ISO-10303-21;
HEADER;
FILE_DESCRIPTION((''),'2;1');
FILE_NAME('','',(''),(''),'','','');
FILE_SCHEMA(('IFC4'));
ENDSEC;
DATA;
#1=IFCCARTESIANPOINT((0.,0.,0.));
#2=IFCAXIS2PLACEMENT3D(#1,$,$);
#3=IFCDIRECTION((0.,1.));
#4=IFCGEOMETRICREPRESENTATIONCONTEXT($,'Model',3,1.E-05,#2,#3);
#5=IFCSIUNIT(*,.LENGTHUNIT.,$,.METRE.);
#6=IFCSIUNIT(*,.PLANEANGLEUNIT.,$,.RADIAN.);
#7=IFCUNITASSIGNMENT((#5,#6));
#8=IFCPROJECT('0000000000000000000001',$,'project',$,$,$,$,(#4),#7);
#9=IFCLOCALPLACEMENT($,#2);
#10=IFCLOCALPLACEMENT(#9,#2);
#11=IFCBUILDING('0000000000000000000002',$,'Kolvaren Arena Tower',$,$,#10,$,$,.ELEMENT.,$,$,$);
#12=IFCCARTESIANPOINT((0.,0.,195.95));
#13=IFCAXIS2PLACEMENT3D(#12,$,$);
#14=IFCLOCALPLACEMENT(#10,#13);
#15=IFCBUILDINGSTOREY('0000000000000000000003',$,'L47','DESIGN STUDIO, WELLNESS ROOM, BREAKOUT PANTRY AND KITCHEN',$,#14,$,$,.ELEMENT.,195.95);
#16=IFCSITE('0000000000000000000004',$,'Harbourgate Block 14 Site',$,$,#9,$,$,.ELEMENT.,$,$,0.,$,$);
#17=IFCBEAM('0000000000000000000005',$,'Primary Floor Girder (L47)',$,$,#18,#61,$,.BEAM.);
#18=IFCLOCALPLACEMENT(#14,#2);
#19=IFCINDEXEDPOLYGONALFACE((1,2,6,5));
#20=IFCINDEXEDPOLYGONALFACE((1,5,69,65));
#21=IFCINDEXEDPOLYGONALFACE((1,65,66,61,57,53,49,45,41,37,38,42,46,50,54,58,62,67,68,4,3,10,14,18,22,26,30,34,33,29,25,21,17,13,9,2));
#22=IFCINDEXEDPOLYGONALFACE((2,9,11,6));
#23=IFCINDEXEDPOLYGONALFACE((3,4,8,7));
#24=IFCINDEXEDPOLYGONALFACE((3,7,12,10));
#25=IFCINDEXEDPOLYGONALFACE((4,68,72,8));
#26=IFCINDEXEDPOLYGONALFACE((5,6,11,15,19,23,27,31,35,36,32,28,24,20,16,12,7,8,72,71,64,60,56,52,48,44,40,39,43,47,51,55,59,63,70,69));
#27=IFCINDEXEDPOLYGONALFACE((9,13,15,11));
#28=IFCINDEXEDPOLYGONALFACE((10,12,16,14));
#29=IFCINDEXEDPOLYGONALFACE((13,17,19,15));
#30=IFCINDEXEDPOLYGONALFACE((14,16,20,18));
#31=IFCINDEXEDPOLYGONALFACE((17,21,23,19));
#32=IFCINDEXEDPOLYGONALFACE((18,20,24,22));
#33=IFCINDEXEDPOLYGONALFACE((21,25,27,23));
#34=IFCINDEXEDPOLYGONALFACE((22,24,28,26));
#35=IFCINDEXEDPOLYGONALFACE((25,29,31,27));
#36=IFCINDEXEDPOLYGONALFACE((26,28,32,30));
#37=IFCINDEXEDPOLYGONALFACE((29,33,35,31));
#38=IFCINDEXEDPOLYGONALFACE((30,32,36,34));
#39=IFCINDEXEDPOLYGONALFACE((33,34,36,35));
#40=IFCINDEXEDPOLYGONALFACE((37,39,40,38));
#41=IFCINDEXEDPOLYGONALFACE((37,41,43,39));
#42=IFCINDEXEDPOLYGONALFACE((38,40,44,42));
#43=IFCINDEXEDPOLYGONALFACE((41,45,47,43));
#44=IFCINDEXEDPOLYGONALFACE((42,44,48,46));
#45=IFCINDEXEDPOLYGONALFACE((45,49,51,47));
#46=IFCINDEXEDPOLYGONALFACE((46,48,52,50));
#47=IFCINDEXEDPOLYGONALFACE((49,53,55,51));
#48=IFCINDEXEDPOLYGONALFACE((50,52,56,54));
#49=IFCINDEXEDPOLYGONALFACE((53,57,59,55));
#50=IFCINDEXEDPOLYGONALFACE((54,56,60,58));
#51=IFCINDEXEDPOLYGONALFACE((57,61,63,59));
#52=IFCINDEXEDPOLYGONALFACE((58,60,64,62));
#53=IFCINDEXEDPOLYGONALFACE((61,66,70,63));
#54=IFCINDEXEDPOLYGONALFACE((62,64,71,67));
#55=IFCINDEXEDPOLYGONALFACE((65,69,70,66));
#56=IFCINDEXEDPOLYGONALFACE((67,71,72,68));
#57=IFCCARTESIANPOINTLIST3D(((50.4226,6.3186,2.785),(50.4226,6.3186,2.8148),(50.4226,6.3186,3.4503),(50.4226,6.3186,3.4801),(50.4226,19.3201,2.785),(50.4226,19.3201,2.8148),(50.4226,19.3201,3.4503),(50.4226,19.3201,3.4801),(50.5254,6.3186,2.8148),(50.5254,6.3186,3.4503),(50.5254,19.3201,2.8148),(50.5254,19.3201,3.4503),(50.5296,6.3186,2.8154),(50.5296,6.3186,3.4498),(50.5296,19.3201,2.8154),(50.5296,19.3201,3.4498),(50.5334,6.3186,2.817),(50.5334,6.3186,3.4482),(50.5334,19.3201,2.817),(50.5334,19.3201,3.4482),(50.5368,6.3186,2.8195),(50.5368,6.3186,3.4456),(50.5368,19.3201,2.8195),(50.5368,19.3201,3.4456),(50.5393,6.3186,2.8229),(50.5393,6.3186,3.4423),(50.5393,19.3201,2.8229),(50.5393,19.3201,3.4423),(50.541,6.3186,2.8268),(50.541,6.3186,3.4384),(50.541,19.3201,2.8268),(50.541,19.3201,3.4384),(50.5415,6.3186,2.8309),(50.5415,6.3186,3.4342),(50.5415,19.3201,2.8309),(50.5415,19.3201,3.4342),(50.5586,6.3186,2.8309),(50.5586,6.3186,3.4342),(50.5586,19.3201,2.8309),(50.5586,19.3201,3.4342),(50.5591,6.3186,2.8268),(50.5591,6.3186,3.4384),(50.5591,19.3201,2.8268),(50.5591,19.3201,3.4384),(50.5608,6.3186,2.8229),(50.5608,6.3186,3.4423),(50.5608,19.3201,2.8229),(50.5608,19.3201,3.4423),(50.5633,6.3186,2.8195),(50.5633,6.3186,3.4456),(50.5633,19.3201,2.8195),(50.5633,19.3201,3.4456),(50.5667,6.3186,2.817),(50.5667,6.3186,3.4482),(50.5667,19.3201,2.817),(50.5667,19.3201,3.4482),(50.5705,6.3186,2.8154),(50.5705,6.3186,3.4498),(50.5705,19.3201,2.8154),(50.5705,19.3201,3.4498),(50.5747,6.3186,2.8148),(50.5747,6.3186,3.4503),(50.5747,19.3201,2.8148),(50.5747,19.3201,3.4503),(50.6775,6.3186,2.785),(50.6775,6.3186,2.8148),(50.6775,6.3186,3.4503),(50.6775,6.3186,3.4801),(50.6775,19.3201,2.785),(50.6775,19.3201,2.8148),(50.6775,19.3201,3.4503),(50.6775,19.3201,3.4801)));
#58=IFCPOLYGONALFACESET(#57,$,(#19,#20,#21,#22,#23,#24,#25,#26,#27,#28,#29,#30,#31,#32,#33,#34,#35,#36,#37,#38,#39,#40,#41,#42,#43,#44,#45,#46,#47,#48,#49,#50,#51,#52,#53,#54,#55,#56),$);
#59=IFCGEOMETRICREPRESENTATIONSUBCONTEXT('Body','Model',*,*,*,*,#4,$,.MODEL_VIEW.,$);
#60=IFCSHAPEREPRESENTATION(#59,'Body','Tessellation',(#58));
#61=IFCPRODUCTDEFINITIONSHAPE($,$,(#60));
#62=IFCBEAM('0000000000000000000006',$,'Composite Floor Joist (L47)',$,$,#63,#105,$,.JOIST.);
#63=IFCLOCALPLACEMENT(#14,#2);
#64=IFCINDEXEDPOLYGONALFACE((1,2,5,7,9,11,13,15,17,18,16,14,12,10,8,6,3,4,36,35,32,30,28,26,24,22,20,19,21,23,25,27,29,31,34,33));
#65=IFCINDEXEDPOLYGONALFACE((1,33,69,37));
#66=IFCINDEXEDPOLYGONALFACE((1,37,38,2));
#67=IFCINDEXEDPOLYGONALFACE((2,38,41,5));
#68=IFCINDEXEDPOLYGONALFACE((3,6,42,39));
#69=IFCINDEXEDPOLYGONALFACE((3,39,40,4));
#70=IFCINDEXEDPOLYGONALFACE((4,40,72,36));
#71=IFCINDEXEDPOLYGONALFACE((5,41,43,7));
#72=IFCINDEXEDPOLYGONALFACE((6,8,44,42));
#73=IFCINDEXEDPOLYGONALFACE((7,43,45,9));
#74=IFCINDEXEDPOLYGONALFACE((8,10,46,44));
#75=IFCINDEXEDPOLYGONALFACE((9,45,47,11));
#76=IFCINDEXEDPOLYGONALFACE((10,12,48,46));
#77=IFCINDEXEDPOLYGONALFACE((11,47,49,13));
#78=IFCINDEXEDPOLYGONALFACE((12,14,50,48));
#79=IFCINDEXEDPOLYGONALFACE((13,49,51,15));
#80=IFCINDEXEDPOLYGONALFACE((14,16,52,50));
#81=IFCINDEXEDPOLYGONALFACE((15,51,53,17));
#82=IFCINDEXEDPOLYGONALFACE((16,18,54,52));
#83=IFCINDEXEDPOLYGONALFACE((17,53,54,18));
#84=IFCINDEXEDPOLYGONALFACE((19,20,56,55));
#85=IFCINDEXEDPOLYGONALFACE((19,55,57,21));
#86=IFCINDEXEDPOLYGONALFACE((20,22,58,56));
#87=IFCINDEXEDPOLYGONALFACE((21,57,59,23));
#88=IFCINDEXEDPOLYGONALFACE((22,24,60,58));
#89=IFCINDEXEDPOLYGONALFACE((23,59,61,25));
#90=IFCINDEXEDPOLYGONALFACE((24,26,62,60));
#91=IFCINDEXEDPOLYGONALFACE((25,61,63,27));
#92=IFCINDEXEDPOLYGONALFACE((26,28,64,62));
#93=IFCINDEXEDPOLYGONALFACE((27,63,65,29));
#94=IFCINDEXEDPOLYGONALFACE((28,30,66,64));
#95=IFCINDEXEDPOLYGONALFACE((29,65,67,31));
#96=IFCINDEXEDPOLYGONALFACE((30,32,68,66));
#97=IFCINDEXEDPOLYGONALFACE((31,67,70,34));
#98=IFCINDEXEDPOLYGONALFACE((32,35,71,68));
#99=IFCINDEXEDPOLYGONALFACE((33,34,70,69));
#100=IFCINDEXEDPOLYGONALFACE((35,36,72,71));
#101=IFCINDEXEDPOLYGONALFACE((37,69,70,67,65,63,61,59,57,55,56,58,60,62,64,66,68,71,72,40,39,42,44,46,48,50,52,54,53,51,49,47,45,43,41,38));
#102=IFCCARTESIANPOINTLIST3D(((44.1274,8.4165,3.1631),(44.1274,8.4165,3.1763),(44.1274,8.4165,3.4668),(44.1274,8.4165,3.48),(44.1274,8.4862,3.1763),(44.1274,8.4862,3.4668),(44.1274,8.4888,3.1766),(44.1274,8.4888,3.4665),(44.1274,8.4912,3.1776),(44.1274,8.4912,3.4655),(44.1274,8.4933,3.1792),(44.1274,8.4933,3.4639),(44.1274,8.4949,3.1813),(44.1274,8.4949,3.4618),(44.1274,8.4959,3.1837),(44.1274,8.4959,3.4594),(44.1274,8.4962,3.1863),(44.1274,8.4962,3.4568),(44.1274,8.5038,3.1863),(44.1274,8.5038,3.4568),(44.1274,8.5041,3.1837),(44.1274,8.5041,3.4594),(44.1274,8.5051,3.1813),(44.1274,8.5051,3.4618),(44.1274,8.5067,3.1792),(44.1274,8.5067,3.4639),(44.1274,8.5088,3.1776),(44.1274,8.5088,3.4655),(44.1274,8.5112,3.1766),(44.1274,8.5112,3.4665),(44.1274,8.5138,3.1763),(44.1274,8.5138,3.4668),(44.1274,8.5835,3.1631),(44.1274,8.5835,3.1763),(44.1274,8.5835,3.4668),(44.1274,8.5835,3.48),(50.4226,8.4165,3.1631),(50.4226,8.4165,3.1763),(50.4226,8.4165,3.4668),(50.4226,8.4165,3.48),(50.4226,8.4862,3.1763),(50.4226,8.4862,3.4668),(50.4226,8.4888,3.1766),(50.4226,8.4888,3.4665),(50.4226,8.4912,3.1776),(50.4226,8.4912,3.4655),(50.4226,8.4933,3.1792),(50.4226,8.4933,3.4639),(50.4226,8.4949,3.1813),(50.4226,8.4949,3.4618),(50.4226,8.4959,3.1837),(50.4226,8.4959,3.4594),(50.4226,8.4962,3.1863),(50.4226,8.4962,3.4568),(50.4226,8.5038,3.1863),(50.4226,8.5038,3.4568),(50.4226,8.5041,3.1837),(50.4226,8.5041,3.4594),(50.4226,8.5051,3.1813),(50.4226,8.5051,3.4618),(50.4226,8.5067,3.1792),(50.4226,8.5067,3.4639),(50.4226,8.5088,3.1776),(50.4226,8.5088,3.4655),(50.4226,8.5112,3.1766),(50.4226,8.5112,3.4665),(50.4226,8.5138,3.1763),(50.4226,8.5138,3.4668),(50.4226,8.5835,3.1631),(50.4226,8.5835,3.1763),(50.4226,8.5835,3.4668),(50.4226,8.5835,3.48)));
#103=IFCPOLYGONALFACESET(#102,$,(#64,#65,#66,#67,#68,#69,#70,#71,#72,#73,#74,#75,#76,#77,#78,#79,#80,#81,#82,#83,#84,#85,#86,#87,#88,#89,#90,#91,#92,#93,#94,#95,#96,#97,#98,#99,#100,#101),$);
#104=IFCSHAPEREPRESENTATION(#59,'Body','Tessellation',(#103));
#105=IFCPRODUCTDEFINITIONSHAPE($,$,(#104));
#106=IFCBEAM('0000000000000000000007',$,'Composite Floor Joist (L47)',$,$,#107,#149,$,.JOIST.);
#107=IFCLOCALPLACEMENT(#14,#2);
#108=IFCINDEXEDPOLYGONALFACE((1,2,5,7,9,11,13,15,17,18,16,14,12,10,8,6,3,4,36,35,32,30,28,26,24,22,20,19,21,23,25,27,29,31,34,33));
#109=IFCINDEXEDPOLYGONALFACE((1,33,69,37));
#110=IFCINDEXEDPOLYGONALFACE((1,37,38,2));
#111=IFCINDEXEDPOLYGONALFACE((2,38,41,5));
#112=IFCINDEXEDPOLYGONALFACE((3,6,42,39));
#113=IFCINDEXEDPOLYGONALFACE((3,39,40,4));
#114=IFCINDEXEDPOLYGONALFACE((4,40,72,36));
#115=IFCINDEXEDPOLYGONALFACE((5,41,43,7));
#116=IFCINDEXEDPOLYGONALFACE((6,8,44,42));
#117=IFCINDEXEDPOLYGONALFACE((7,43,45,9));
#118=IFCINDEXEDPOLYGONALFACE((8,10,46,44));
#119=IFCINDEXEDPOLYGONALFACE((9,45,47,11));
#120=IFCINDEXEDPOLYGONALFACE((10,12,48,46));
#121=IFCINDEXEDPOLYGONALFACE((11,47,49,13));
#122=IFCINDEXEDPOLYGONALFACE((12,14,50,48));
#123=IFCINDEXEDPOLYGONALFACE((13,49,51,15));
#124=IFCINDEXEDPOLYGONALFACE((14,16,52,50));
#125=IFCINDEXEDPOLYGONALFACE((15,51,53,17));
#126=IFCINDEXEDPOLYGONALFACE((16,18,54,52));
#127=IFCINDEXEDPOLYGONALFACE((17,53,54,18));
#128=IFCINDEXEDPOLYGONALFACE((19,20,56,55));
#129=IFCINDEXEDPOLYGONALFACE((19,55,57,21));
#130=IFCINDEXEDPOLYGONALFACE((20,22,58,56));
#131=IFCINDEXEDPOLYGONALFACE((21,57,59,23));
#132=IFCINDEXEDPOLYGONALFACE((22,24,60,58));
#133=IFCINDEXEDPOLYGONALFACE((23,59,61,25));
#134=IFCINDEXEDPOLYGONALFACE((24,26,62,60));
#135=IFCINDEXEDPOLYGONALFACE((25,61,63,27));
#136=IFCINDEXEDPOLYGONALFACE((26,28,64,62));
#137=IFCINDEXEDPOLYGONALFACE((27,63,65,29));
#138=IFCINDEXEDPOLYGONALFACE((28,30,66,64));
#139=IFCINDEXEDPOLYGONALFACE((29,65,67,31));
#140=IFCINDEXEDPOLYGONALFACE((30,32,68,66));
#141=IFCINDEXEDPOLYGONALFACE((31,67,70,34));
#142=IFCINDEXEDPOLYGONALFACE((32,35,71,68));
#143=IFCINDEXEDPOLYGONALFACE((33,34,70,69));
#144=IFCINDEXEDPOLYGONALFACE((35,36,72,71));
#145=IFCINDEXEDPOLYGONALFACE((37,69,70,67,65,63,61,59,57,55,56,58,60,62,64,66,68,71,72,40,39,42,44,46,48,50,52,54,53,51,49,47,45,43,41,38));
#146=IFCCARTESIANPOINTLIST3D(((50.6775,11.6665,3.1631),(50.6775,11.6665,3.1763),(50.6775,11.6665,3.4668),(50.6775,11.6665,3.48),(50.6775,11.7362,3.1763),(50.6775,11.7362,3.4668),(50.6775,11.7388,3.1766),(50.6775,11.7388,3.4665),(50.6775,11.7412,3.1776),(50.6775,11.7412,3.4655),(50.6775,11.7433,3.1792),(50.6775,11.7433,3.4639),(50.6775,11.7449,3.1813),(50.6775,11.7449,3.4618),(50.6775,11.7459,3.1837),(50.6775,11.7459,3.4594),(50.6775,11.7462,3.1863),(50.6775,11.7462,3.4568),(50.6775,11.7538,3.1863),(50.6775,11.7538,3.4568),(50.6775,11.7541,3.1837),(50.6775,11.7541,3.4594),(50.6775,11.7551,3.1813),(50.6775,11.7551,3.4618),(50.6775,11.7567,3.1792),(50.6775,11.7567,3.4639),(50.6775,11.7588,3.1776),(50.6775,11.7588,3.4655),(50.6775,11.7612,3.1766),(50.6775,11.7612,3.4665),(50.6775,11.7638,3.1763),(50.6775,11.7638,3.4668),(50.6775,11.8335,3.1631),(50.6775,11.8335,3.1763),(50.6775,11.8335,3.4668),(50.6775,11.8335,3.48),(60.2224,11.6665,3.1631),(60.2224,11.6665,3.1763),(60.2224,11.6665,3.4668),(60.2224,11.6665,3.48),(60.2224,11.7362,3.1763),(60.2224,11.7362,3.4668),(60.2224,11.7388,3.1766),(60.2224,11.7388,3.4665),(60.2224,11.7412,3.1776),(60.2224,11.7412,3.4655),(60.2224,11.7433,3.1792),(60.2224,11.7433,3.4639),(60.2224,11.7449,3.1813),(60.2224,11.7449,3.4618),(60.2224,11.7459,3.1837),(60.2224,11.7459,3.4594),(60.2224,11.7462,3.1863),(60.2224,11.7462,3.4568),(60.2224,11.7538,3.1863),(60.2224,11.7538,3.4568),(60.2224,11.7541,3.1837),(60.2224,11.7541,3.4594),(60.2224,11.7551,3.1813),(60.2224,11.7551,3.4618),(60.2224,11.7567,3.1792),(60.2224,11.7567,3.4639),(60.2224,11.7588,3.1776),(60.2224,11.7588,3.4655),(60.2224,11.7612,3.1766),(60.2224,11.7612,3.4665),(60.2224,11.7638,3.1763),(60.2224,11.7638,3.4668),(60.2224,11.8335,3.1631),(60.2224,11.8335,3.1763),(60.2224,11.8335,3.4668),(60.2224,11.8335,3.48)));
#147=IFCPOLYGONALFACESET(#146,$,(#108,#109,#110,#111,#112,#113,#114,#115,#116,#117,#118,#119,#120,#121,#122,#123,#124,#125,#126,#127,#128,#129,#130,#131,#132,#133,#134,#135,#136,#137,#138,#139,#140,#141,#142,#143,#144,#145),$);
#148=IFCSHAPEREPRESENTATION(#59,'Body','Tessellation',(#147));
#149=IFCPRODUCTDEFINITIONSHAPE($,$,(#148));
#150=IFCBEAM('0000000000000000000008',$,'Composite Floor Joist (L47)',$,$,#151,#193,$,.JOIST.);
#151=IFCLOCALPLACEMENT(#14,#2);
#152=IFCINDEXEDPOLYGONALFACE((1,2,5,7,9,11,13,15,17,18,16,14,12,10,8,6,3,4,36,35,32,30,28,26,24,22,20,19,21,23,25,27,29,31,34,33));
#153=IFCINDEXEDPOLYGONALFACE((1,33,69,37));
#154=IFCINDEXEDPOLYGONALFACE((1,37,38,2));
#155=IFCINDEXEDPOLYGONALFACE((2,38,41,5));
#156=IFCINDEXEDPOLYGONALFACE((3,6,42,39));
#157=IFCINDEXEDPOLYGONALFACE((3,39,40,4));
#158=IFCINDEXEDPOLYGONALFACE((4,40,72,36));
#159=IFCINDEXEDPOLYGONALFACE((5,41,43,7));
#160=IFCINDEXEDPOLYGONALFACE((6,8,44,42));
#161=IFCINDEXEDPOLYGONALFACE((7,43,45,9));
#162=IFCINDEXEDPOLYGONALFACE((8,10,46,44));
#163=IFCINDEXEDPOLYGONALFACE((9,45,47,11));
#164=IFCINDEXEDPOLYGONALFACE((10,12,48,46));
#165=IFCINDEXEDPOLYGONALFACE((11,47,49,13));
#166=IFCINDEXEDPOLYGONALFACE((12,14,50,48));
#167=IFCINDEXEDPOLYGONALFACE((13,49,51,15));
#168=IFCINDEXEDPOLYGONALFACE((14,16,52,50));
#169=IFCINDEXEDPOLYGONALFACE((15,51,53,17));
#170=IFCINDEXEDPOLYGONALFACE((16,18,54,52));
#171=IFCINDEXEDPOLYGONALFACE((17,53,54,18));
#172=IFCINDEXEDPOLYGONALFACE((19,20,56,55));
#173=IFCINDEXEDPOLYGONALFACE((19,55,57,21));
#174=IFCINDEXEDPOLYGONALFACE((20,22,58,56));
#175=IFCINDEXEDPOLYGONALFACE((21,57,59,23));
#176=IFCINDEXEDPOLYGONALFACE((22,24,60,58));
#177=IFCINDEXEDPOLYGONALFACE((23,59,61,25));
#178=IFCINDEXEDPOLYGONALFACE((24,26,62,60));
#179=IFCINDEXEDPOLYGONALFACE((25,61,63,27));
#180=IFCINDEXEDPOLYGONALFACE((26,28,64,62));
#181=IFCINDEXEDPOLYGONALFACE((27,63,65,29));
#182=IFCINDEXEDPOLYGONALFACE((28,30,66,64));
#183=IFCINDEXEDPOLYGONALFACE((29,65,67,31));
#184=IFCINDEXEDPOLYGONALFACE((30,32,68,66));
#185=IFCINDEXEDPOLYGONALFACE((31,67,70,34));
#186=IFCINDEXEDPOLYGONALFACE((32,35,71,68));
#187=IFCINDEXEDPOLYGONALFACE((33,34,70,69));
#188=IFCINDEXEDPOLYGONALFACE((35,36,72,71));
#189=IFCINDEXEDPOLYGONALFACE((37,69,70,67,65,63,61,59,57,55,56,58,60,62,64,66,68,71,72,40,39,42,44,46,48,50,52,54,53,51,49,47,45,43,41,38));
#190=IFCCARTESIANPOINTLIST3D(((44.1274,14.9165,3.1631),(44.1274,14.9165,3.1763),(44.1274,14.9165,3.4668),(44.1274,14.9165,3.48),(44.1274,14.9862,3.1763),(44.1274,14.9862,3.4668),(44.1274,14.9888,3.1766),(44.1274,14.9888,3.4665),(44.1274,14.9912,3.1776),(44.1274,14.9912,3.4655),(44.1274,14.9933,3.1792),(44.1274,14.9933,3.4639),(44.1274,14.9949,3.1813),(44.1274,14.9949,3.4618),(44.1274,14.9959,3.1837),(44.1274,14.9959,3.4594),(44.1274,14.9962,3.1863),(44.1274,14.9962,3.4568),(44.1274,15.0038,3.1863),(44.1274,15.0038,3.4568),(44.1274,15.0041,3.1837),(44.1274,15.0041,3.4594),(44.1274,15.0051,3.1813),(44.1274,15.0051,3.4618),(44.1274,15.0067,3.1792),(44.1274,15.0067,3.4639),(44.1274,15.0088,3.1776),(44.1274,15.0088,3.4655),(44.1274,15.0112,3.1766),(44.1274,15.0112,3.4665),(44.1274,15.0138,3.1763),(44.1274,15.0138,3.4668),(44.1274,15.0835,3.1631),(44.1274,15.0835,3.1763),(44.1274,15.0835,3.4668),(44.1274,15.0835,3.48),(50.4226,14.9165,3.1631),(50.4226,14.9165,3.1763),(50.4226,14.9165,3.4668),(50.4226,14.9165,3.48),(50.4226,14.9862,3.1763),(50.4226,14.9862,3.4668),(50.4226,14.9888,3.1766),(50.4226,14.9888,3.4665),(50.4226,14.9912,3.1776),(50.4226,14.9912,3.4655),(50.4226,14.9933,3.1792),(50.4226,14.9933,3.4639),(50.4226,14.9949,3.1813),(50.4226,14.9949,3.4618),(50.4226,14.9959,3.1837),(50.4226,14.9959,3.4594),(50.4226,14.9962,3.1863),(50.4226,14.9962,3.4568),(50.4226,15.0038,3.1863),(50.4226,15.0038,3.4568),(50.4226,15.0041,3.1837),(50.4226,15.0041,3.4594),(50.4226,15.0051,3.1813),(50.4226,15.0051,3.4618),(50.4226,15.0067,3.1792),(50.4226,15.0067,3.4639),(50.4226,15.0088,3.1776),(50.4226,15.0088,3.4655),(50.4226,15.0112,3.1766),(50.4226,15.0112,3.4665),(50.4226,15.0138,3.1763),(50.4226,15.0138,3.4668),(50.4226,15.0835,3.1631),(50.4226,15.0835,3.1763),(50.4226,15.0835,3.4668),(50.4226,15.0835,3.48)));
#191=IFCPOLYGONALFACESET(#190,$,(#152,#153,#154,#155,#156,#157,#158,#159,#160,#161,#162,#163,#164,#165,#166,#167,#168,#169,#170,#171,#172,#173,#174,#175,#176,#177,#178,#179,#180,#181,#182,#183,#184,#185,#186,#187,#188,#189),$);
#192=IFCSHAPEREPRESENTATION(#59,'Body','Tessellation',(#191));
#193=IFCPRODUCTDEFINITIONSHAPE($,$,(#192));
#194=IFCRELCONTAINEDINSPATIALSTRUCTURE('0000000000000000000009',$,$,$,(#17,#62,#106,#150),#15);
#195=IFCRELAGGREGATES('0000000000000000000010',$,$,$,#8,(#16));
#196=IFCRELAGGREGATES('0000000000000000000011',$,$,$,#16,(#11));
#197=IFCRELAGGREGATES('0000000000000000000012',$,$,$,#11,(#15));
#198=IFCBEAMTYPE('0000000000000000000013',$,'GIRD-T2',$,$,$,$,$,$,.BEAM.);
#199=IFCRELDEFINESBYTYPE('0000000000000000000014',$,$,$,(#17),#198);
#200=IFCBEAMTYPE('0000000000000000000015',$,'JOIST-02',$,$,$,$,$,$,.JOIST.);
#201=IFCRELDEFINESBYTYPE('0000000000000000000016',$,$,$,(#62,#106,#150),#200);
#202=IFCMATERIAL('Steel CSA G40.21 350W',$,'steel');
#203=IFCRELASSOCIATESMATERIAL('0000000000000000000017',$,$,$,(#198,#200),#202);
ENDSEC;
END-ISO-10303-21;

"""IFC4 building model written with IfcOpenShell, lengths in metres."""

from ifc_helpers import new_model, si_unit, direction, frame, origin, origin_2d, place, context, subcontext, project, spatial, i_section, extrude, material, material_profile, profile_set, type_object, element, save


model = new_model("IFC4")

# Units and contexts
model_context = context("Model", 3, precision=1e-05, world=origin(), true_north=direction((0.0, 1.0)))
body_context = subcontext(model_context, "Body", "Model", "MODEL_VIEW")
ifc_project = project(units=[si_unit("LENGTHUNIT", "METRE"), si_unit("PLANEANGLEUNIT", "RADIAN")], contexts=[model_context])

# Site, building, storey
site_placement = place(None, origin())
site = spatial("IfcSite", under=ifc_project, at=site_placement, Name="Harbourgate Block 14 Site", CompositionType="ELEMENT", RefElevation=0.0)
building_placement = place(site_placement, origin())
building = spatial("IfcBuilding", under=site, at=building_placement, Name="Kolvaren Arena Tower", CompositionType="ELEMENT")
storey_placement = place(building_placement, frame((0.0, 0.0, 195.95)))
storey = spatial("IfcBuildingStorey", under=building, at=storey_placement, Name="L47", Description="DESIGN STUDIO, WELLNESS ROOM, BREAKOUT PANTRY AND KITCHEN", CompositionType="ELEMENT", Elevation=195.95)

# Beams
ifc_material_1 = material(Name="Steel CSA G40.21 350W", Category="steel")
ifc_material_profile_1 = material_profile(ifc_material_1, i_section(OverallWidth=0.2549, OverallDepth=0.6951, WebThickness=0.0171, FlangeThickness=0.0298, FilletRadius=0.0161, at=origin_2d()), Name="W690x217")
ifc_profile_set_1 = profile_set([ifc_material_profile_1], Name="Steel CSA G40.21 350W")
beam_type_1 = type_object("IfcBeamType", Name="GIRD-T2", PredefinedType="BEAM", material=ifc_profile_set_1)
beam_1_placement = place(storey_placement, frame((50.55, 6.3186, 3.1326), z_axis=(0.0, 1.0, 0.0), x_axis=(-1.0, 0.0, 0.0)))
element("IfcBeam", 1, at=beam_1_placement, inside=storey, type_object=beam_type_1, Name="Primary Floor Girder (L47)", PredefinedType="BEAM", context=body_context, shape_type="SweptSolid", body=[
    extrude(i_section(OverallWidth=0.2549, OverallDepth=0.6951, WebThickness=0.0171, FlangeThickness=0.0298, FilletRadius=0.0161, at=origin_2d()), origin(), (0.0, 0.0, 1.0), 13.0015),
])
ifc_material_profile_2 = material_profile(ifc_material_1, i_section(OverallWidth=0.167, OverallDepth=0.3169, WebThickness=0.0076, FlangeThickness=0.0132, FilletRadius=0.01, at=origin_2d()), Name="W310x52")
ifc_profile_set_2 = profile_set([ifc_material_profile_2], Name="Steel CSA G40.21 350W")
beam_type_2 = type_object("IfcBeamType", Name="JOIST-02", PredefinedType="JOIST", material=ifc_profile_set_2)
beam_2_placement = place(storey_placement, frame((44.1274, 8.5, 3.3215), z_axis=(1.0, 0.0, 0.0), x_axis=(0.0, 1.0, 0.0)))
element("IfcBeam", 2, at=beam_2_placement, inside=storey, type_object=beam_type_2, Name="Composite Floor Joist (L47)", PredefinedType="JOIST", context=body_context, shape_type="SweptSolid", body=[
    extrude(i_section(OverallWidth=0.167, OverallDepth=0.3169, WebThickness=0.0076, FlangeThickness=0.0132, FilletRadius=0.01, at=origin_2d()), origin(), (0.0, 0.0, 1.0), 6.2952),
])
beam_3_placement = place(storey_placement, frame((50.6775, 11.75, 3.3215), z_axis=(1.0, 0.0, 0.0), x_axis=(0.0, 1.0, 0.0)))
element("IfcBeam", 3, at=beam_3_placement, inside=storey, type_object=beam_type_2, Name="Composite Floor Joist (L47)", PredefinedType="JOIST", context=body_context, shape_type="SweptSolid", body=[
    extrude(i_section(OverallWidth=0.167, OverallDepth=0.3169, WebThickness=0.0076, FlangeThickness=0.0132, FilletRadius=0.01, at=origin_2d()), origin(), (0.0, 0.0, 1.0), 9.5449),
])
beam_4_placement = place(storey_placement, frame((44.1274, 15.0, 3.3215), z_axis=(1.0, 0.0, 0.0), x_axis=(0.0, 1.0, 0.0)))
element("IfcBeam", 4, at=beam_4_placement, inside=storey, type_object=beam_type_2, Name="Composite Floor Joist (L47)", PredefinedType="JOIST", context=body_context, shape_type="SweptSolid", body=[
    extrude(i_section(OverallWidth=0.167, OverallDepth=0.3169, WebThickness=0.0076, FlangeThickness=0.0132, FilletRadius=0.01, at=origin_2d()), origin(), (0.0, 0.0, 1.0), 6.2952),
])

save(model, "model.ifc")
